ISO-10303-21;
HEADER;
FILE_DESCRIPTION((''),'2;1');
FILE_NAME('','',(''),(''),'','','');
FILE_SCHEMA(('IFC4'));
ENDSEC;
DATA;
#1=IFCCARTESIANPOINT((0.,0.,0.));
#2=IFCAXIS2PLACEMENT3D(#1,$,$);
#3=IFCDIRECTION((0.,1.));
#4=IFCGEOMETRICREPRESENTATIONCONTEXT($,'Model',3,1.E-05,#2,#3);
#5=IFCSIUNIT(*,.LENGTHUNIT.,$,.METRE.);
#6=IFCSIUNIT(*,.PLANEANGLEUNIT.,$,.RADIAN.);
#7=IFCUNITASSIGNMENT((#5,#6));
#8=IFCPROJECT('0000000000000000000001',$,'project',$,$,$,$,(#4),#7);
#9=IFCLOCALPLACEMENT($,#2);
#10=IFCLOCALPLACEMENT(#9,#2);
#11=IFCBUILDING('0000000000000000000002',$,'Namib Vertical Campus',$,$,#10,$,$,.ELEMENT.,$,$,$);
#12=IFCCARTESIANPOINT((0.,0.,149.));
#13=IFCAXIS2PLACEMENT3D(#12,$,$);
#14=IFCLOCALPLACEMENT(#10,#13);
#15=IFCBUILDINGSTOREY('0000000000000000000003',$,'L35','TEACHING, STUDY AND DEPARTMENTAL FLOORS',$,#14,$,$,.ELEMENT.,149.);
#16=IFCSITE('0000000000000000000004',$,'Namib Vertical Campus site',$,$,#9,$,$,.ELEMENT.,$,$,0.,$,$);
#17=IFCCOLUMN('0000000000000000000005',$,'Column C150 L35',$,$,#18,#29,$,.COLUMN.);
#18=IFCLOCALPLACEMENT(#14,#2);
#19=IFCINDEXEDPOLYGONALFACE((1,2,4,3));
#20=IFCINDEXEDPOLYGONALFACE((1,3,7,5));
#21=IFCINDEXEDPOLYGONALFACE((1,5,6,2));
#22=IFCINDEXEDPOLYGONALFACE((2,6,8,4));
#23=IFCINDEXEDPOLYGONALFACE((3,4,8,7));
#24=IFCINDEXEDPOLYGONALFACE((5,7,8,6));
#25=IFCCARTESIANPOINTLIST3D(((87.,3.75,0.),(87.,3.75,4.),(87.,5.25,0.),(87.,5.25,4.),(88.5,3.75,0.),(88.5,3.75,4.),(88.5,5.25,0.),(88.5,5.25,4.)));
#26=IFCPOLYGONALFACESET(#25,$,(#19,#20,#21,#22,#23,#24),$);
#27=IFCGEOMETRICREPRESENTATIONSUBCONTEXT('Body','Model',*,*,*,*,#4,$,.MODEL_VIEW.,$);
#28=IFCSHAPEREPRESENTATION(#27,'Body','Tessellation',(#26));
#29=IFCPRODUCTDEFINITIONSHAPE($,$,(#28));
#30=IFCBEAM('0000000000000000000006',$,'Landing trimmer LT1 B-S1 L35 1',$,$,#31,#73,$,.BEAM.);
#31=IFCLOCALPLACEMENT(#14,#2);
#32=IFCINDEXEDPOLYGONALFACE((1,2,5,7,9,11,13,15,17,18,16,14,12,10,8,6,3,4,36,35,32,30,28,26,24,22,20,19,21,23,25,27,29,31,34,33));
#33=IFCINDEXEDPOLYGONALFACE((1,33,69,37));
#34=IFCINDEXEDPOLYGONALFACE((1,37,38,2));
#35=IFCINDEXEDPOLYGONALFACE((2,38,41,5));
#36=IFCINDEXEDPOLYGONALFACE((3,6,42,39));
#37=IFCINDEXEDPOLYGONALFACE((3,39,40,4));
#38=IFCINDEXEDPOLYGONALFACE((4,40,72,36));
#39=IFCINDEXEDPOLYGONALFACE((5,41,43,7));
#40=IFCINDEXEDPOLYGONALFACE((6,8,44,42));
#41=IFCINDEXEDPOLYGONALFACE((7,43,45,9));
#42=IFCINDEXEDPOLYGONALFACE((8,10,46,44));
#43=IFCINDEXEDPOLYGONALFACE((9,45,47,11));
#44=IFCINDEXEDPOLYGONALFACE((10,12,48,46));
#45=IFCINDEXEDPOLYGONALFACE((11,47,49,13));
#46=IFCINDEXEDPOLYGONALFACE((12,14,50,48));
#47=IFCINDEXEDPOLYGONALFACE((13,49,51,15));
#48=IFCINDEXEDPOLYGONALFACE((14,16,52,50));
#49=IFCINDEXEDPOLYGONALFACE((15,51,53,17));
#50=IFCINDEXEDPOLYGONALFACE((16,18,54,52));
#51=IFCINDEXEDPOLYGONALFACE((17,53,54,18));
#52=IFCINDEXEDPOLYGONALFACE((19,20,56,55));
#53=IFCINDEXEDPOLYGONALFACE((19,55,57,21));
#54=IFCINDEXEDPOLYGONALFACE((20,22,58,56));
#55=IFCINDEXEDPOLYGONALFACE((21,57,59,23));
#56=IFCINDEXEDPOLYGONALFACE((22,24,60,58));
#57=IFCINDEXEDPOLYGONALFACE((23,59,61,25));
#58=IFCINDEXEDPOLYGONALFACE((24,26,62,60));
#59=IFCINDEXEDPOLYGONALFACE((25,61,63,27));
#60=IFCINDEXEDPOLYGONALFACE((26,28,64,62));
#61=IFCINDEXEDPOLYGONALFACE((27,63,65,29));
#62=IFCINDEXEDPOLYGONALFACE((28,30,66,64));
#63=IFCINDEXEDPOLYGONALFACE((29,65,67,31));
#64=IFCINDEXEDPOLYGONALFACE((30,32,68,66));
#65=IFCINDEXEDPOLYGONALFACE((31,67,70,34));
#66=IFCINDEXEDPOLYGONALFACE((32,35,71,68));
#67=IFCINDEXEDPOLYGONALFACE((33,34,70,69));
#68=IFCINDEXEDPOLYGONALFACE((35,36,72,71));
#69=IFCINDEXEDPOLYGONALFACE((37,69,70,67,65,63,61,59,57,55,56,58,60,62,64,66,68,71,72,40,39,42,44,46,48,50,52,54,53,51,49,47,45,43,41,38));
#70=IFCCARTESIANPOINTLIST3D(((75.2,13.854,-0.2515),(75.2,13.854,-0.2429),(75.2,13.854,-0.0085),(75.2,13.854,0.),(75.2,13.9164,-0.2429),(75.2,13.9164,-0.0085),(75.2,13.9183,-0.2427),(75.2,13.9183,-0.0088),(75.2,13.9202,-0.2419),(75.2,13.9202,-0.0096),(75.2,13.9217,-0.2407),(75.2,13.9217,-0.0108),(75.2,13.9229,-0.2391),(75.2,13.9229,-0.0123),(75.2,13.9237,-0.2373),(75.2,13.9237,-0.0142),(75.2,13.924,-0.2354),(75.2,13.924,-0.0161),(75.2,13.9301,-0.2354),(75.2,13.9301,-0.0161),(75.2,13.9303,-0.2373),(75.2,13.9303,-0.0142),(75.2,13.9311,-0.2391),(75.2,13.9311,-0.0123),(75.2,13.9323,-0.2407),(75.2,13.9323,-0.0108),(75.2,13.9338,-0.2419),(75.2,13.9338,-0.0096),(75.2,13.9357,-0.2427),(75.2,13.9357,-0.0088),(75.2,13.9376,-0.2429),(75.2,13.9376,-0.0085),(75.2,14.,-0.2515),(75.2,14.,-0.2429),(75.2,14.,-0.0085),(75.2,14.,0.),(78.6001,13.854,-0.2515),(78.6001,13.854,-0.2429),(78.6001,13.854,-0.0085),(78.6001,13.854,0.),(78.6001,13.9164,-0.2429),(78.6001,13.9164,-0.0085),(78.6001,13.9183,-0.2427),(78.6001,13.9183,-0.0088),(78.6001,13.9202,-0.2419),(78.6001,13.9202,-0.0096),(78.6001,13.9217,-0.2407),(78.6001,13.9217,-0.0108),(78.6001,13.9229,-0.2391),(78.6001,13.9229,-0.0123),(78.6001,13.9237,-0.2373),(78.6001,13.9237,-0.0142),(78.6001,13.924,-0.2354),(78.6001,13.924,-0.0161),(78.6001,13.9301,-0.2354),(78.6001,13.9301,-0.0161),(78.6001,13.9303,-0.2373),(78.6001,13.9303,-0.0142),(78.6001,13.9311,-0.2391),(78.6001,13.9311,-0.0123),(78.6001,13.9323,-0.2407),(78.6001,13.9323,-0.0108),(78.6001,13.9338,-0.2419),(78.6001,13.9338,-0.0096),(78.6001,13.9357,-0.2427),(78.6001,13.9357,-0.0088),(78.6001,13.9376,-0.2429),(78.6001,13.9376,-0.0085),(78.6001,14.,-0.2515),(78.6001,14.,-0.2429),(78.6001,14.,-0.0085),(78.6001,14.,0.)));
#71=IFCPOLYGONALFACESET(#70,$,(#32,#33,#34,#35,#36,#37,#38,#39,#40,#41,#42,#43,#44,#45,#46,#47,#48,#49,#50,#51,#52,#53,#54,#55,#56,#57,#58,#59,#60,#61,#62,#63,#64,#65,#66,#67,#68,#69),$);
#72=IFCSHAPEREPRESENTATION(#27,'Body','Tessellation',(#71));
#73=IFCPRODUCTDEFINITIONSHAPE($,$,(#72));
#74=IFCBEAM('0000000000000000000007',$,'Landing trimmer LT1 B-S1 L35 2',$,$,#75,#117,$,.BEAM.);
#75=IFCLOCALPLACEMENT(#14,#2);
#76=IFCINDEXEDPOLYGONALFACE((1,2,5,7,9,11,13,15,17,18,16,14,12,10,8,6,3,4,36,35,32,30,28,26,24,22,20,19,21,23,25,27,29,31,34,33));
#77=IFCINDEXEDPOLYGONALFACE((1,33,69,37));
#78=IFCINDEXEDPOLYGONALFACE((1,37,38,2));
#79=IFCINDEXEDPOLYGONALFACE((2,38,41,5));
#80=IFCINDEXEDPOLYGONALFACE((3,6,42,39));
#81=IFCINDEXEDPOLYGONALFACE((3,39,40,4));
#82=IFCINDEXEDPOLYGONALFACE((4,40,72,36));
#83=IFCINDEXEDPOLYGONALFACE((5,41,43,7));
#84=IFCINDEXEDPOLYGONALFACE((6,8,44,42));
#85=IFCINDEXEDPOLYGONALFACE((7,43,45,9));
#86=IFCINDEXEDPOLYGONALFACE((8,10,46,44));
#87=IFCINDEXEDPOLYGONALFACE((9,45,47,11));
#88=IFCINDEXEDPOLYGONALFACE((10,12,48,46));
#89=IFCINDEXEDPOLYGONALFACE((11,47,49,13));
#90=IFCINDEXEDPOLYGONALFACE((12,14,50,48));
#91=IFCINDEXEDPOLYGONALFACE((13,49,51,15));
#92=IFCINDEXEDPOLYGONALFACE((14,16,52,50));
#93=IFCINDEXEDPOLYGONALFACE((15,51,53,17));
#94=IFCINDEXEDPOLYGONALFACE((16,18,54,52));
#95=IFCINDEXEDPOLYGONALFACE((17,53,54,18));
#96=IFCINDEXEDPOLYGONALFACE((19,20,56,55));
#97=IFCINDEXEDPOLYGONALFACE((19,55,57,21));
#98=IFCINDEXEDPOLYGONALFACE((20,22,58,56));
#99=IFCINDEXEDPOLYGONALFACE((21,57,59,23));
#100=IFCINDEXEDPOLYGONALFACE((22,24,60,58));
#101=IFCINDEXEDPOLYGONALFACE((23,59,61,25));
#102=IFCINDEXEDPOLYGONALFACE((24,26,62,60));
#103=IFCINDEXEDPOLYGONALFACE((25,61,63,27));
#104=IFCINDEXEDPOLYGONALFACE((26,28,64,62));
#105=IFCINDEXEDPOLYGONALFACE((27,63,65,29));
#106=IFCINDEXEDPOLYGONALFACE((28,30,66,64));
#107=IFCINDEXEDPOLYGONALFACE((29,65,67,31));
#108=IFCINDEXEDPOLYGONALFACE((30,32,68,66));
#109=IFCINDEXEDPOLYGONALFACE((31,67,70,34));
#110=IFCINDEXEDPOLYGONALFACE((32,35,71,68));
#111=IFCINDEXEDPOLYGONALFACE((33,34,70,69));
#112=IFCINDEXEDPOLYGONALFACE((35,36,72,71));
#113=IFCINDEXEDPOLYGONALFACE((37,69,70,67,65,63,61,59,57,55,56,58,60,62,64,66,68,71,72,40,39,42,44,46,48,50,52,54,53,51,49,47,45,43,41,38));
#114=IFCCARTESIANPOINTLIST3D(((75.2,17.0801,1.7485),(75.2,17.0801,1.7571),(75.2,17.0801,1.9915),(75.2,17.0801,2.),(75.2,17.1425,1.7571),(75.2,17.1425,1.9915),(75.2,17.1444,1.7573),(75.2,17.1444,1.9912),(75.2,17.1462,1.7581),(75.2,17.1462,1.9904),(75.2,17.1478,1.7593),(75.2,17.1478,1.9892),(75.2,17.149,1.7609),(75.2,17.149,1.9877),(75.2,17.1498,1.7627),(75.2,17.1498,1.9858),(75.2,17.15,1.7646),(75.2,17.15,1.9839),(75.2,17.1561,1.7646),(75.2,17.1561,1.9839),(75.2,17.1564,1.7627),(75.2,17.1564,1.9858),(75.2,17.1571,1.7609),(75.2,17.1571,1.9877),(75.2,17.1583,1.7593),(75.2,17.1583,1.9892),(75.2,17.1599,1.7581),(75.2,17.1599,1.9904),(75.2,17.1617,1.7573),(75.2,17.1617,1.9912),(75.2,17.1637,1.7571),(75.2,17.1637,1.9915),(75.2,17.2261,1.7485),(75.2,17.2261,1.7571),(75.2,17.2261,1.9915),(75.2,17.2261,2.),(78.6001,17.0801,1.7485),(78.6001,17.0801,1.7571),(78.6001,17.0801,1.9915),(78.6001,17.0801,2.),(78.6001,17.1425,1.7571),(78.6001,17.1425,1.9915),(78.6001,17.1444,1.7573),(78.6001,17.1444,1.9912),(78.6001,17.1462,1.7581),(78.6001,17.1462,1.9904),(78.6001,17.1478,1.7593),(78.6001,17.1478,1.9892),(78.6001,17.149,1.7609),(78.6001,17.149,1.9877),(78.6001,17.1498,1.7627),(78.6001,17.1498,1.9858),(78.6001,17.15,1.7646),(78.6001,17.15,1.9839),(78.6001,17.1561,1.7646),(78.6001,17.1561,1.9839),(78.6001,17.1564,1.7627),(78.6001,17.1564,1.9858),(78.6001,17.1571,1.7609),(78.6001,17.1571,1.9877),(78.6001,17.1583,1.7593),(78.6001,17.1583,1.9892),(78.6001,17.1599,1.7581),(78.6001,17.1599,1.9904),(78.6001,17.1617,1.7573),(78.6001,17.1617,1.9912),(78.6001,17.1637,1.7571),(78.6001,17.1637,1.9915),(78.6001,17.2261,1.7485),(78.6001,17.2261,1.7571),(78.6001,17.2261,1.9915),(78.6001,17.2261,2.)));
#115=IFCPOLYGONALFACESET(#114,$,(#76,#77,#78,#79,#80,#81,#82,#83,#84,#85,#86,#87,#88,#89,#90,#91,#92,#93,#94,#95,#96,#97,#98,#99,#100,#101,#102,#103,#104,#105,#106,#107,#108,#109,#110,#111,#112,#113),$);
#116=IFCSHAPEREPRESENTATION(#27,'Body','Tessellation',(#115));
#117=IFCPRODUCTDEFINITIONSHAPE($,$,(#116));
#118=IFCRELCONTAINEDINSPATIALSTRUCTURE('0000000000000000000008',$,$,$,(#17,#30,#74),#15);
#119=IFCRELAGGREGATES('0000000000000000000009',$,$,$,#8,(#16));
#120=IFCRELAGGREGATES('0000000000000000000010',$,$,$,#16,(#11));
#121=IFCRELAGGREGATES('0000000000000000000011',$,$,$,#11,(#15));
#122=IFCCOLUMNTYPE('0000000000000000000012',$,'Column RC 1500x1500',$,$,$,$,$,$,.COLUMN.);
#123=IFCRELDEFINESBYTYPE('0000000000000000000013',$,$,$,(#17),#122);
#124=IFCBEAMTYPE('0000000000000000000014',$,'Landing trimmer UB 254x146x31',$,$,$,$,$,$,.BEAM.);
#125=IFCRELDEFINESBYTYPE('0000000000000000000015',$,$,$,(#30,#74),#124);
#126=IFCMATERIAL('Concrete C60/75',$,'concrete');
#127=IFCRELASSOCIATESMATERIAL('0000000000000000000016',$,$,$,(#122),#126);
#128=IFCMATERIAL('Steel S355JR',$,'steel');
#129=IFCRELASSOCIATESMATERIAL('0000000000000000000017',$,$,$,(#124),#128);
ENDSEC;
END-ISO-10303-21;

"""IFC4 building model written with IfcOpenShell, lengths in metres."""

from ifc_helpers import new_model, si_unit, direction, frame, origin, origin_2d, place, context, subcontext, project, spatial, rectangle, i_section, extrude, material, material_profile, profile_set, type_object, element, save


model = new_model("IFC4")

# Units and contexts
model_context = context("Model", 3, precision=1e-05, world=origin(), true_north=direction((0.0, 1.0)))
body_context = subcontext(model_context, "Body", "Model", "MODEL_VIEW")
ifc_project = project(units=[si_unit("LENGTHUNIT", "METRE"), si_unit("PLANEANGLEUNIT", "RADIAN")], contexts=[model_context])

# Site, building, storey
site_placement = place(None, origin())
site = spatial("IfcSite", under=ifc_project, at=site_placement, Name="Namib Vertical Campus site", CompositionType="ELEMENT", RefElevation=0.0)
building_placement = place(site_placement, origin())
building = spatial("IfcBuilding", under=site, at=building_placement, Name="Namib Vertical Campus", CompositionType="ELEMENT")
storey_placement = place(building_placement, frame((0.0, 0.0, 149.0)))
storey = spatial("IfcBuildingStorey", under=building, at=storey_placement, Name="L35", Description="TEACHING, STUDY AND DEPARTMENTAL FLOORS", CompositionType="ELEMENT", Elevation=149.0)

# Column
ifc_material_1 = material(Name="Concrete C60/75", Category="concrete")
ifc_material_profile_1 = material_profile(ifc_material_1, rectangle(XDim=1.5, YDim=1.5, at=origin_2d()))
ifc_profile_set_1 = profile_set([ifc_material_profile_1], Name="Concrete C60/75")
column_type = type_object("IfcColumnType", Name="Column RC 1500x1500", PredefinedType="COLUMN", material=ifc_profile_set_1)
column_placement = place(storey_placement, frame((87.75, 4.5, 0.0), z_axis=(0.0, 0.0, 1.0), x_axis=(1.0, 0.0, 0.0)))
element("IfcColumn", 1, at=column_placement, inside=storey, type_object=column_type, Name="Column C150 L35", PredefinedType="COLUMN", context=body_context, shape_type="SweptSolid", body=[
    extrude(rectangle(XDim=1.5, YDim=1.5, at=origin_2d()), origin(), (0.0, 0.0, 1.0), 4.0),
])

# Beams
ifc_material_2 = material(Name="Steel S355JR", Category="steel")
ifc_material_profile_2 = material_profile(ifc_material_2, i_section(OverallWidth=0.146, OverallDepth=0.2515, WebThickness=0.0061, FlangeThickness=0.0085, FilletRadius=0.0076, at=origin_2d()))
ifc_profile_set_2 = profile_set([ifc_material_profile_2], Name="Steel S355JR")
beam_type = type_object("IfcBeamType", Name="Landing trimmer UB 254x146x31", PredefinedType="BEAM", material=ifc_profile_set_2)
for number, where, z_axis, x_axis, name in (
    (2, (75.2, 13.927, -0.1257), (1.0, 0.0, 0.0), (0.0, 1.0, 0.0), "Landing trimmer LT1 B-S1 L35 1"),
    (3, (75.2, 17.1531, 1.8743), (1.0, 0.0, 0.0), (0.0, 1.0, 0.0), "Landing trimmer LT1 B-S1 L35 2"),
):
    element("IfcBeam", number, at=place(storey_placement, frame(where, z_axis=z_axis, x_axis=x_axis)), inside=storey, type_object=beam_type, Name=name, PredefinedType="BEAM", context=body_context, shape_type="SweptSolid", body=[
        extrude(i_section(OverallWidth=0.146, OverallDepth=0.2515, WebThickness=0.0061, FlangeThickness=0.0085, FilletRadius=0.0076, at=origin_2d()), origin(), (0.0, 0.0, 1.0), 3.4001),
    ])

save(model, "model.ifc")
